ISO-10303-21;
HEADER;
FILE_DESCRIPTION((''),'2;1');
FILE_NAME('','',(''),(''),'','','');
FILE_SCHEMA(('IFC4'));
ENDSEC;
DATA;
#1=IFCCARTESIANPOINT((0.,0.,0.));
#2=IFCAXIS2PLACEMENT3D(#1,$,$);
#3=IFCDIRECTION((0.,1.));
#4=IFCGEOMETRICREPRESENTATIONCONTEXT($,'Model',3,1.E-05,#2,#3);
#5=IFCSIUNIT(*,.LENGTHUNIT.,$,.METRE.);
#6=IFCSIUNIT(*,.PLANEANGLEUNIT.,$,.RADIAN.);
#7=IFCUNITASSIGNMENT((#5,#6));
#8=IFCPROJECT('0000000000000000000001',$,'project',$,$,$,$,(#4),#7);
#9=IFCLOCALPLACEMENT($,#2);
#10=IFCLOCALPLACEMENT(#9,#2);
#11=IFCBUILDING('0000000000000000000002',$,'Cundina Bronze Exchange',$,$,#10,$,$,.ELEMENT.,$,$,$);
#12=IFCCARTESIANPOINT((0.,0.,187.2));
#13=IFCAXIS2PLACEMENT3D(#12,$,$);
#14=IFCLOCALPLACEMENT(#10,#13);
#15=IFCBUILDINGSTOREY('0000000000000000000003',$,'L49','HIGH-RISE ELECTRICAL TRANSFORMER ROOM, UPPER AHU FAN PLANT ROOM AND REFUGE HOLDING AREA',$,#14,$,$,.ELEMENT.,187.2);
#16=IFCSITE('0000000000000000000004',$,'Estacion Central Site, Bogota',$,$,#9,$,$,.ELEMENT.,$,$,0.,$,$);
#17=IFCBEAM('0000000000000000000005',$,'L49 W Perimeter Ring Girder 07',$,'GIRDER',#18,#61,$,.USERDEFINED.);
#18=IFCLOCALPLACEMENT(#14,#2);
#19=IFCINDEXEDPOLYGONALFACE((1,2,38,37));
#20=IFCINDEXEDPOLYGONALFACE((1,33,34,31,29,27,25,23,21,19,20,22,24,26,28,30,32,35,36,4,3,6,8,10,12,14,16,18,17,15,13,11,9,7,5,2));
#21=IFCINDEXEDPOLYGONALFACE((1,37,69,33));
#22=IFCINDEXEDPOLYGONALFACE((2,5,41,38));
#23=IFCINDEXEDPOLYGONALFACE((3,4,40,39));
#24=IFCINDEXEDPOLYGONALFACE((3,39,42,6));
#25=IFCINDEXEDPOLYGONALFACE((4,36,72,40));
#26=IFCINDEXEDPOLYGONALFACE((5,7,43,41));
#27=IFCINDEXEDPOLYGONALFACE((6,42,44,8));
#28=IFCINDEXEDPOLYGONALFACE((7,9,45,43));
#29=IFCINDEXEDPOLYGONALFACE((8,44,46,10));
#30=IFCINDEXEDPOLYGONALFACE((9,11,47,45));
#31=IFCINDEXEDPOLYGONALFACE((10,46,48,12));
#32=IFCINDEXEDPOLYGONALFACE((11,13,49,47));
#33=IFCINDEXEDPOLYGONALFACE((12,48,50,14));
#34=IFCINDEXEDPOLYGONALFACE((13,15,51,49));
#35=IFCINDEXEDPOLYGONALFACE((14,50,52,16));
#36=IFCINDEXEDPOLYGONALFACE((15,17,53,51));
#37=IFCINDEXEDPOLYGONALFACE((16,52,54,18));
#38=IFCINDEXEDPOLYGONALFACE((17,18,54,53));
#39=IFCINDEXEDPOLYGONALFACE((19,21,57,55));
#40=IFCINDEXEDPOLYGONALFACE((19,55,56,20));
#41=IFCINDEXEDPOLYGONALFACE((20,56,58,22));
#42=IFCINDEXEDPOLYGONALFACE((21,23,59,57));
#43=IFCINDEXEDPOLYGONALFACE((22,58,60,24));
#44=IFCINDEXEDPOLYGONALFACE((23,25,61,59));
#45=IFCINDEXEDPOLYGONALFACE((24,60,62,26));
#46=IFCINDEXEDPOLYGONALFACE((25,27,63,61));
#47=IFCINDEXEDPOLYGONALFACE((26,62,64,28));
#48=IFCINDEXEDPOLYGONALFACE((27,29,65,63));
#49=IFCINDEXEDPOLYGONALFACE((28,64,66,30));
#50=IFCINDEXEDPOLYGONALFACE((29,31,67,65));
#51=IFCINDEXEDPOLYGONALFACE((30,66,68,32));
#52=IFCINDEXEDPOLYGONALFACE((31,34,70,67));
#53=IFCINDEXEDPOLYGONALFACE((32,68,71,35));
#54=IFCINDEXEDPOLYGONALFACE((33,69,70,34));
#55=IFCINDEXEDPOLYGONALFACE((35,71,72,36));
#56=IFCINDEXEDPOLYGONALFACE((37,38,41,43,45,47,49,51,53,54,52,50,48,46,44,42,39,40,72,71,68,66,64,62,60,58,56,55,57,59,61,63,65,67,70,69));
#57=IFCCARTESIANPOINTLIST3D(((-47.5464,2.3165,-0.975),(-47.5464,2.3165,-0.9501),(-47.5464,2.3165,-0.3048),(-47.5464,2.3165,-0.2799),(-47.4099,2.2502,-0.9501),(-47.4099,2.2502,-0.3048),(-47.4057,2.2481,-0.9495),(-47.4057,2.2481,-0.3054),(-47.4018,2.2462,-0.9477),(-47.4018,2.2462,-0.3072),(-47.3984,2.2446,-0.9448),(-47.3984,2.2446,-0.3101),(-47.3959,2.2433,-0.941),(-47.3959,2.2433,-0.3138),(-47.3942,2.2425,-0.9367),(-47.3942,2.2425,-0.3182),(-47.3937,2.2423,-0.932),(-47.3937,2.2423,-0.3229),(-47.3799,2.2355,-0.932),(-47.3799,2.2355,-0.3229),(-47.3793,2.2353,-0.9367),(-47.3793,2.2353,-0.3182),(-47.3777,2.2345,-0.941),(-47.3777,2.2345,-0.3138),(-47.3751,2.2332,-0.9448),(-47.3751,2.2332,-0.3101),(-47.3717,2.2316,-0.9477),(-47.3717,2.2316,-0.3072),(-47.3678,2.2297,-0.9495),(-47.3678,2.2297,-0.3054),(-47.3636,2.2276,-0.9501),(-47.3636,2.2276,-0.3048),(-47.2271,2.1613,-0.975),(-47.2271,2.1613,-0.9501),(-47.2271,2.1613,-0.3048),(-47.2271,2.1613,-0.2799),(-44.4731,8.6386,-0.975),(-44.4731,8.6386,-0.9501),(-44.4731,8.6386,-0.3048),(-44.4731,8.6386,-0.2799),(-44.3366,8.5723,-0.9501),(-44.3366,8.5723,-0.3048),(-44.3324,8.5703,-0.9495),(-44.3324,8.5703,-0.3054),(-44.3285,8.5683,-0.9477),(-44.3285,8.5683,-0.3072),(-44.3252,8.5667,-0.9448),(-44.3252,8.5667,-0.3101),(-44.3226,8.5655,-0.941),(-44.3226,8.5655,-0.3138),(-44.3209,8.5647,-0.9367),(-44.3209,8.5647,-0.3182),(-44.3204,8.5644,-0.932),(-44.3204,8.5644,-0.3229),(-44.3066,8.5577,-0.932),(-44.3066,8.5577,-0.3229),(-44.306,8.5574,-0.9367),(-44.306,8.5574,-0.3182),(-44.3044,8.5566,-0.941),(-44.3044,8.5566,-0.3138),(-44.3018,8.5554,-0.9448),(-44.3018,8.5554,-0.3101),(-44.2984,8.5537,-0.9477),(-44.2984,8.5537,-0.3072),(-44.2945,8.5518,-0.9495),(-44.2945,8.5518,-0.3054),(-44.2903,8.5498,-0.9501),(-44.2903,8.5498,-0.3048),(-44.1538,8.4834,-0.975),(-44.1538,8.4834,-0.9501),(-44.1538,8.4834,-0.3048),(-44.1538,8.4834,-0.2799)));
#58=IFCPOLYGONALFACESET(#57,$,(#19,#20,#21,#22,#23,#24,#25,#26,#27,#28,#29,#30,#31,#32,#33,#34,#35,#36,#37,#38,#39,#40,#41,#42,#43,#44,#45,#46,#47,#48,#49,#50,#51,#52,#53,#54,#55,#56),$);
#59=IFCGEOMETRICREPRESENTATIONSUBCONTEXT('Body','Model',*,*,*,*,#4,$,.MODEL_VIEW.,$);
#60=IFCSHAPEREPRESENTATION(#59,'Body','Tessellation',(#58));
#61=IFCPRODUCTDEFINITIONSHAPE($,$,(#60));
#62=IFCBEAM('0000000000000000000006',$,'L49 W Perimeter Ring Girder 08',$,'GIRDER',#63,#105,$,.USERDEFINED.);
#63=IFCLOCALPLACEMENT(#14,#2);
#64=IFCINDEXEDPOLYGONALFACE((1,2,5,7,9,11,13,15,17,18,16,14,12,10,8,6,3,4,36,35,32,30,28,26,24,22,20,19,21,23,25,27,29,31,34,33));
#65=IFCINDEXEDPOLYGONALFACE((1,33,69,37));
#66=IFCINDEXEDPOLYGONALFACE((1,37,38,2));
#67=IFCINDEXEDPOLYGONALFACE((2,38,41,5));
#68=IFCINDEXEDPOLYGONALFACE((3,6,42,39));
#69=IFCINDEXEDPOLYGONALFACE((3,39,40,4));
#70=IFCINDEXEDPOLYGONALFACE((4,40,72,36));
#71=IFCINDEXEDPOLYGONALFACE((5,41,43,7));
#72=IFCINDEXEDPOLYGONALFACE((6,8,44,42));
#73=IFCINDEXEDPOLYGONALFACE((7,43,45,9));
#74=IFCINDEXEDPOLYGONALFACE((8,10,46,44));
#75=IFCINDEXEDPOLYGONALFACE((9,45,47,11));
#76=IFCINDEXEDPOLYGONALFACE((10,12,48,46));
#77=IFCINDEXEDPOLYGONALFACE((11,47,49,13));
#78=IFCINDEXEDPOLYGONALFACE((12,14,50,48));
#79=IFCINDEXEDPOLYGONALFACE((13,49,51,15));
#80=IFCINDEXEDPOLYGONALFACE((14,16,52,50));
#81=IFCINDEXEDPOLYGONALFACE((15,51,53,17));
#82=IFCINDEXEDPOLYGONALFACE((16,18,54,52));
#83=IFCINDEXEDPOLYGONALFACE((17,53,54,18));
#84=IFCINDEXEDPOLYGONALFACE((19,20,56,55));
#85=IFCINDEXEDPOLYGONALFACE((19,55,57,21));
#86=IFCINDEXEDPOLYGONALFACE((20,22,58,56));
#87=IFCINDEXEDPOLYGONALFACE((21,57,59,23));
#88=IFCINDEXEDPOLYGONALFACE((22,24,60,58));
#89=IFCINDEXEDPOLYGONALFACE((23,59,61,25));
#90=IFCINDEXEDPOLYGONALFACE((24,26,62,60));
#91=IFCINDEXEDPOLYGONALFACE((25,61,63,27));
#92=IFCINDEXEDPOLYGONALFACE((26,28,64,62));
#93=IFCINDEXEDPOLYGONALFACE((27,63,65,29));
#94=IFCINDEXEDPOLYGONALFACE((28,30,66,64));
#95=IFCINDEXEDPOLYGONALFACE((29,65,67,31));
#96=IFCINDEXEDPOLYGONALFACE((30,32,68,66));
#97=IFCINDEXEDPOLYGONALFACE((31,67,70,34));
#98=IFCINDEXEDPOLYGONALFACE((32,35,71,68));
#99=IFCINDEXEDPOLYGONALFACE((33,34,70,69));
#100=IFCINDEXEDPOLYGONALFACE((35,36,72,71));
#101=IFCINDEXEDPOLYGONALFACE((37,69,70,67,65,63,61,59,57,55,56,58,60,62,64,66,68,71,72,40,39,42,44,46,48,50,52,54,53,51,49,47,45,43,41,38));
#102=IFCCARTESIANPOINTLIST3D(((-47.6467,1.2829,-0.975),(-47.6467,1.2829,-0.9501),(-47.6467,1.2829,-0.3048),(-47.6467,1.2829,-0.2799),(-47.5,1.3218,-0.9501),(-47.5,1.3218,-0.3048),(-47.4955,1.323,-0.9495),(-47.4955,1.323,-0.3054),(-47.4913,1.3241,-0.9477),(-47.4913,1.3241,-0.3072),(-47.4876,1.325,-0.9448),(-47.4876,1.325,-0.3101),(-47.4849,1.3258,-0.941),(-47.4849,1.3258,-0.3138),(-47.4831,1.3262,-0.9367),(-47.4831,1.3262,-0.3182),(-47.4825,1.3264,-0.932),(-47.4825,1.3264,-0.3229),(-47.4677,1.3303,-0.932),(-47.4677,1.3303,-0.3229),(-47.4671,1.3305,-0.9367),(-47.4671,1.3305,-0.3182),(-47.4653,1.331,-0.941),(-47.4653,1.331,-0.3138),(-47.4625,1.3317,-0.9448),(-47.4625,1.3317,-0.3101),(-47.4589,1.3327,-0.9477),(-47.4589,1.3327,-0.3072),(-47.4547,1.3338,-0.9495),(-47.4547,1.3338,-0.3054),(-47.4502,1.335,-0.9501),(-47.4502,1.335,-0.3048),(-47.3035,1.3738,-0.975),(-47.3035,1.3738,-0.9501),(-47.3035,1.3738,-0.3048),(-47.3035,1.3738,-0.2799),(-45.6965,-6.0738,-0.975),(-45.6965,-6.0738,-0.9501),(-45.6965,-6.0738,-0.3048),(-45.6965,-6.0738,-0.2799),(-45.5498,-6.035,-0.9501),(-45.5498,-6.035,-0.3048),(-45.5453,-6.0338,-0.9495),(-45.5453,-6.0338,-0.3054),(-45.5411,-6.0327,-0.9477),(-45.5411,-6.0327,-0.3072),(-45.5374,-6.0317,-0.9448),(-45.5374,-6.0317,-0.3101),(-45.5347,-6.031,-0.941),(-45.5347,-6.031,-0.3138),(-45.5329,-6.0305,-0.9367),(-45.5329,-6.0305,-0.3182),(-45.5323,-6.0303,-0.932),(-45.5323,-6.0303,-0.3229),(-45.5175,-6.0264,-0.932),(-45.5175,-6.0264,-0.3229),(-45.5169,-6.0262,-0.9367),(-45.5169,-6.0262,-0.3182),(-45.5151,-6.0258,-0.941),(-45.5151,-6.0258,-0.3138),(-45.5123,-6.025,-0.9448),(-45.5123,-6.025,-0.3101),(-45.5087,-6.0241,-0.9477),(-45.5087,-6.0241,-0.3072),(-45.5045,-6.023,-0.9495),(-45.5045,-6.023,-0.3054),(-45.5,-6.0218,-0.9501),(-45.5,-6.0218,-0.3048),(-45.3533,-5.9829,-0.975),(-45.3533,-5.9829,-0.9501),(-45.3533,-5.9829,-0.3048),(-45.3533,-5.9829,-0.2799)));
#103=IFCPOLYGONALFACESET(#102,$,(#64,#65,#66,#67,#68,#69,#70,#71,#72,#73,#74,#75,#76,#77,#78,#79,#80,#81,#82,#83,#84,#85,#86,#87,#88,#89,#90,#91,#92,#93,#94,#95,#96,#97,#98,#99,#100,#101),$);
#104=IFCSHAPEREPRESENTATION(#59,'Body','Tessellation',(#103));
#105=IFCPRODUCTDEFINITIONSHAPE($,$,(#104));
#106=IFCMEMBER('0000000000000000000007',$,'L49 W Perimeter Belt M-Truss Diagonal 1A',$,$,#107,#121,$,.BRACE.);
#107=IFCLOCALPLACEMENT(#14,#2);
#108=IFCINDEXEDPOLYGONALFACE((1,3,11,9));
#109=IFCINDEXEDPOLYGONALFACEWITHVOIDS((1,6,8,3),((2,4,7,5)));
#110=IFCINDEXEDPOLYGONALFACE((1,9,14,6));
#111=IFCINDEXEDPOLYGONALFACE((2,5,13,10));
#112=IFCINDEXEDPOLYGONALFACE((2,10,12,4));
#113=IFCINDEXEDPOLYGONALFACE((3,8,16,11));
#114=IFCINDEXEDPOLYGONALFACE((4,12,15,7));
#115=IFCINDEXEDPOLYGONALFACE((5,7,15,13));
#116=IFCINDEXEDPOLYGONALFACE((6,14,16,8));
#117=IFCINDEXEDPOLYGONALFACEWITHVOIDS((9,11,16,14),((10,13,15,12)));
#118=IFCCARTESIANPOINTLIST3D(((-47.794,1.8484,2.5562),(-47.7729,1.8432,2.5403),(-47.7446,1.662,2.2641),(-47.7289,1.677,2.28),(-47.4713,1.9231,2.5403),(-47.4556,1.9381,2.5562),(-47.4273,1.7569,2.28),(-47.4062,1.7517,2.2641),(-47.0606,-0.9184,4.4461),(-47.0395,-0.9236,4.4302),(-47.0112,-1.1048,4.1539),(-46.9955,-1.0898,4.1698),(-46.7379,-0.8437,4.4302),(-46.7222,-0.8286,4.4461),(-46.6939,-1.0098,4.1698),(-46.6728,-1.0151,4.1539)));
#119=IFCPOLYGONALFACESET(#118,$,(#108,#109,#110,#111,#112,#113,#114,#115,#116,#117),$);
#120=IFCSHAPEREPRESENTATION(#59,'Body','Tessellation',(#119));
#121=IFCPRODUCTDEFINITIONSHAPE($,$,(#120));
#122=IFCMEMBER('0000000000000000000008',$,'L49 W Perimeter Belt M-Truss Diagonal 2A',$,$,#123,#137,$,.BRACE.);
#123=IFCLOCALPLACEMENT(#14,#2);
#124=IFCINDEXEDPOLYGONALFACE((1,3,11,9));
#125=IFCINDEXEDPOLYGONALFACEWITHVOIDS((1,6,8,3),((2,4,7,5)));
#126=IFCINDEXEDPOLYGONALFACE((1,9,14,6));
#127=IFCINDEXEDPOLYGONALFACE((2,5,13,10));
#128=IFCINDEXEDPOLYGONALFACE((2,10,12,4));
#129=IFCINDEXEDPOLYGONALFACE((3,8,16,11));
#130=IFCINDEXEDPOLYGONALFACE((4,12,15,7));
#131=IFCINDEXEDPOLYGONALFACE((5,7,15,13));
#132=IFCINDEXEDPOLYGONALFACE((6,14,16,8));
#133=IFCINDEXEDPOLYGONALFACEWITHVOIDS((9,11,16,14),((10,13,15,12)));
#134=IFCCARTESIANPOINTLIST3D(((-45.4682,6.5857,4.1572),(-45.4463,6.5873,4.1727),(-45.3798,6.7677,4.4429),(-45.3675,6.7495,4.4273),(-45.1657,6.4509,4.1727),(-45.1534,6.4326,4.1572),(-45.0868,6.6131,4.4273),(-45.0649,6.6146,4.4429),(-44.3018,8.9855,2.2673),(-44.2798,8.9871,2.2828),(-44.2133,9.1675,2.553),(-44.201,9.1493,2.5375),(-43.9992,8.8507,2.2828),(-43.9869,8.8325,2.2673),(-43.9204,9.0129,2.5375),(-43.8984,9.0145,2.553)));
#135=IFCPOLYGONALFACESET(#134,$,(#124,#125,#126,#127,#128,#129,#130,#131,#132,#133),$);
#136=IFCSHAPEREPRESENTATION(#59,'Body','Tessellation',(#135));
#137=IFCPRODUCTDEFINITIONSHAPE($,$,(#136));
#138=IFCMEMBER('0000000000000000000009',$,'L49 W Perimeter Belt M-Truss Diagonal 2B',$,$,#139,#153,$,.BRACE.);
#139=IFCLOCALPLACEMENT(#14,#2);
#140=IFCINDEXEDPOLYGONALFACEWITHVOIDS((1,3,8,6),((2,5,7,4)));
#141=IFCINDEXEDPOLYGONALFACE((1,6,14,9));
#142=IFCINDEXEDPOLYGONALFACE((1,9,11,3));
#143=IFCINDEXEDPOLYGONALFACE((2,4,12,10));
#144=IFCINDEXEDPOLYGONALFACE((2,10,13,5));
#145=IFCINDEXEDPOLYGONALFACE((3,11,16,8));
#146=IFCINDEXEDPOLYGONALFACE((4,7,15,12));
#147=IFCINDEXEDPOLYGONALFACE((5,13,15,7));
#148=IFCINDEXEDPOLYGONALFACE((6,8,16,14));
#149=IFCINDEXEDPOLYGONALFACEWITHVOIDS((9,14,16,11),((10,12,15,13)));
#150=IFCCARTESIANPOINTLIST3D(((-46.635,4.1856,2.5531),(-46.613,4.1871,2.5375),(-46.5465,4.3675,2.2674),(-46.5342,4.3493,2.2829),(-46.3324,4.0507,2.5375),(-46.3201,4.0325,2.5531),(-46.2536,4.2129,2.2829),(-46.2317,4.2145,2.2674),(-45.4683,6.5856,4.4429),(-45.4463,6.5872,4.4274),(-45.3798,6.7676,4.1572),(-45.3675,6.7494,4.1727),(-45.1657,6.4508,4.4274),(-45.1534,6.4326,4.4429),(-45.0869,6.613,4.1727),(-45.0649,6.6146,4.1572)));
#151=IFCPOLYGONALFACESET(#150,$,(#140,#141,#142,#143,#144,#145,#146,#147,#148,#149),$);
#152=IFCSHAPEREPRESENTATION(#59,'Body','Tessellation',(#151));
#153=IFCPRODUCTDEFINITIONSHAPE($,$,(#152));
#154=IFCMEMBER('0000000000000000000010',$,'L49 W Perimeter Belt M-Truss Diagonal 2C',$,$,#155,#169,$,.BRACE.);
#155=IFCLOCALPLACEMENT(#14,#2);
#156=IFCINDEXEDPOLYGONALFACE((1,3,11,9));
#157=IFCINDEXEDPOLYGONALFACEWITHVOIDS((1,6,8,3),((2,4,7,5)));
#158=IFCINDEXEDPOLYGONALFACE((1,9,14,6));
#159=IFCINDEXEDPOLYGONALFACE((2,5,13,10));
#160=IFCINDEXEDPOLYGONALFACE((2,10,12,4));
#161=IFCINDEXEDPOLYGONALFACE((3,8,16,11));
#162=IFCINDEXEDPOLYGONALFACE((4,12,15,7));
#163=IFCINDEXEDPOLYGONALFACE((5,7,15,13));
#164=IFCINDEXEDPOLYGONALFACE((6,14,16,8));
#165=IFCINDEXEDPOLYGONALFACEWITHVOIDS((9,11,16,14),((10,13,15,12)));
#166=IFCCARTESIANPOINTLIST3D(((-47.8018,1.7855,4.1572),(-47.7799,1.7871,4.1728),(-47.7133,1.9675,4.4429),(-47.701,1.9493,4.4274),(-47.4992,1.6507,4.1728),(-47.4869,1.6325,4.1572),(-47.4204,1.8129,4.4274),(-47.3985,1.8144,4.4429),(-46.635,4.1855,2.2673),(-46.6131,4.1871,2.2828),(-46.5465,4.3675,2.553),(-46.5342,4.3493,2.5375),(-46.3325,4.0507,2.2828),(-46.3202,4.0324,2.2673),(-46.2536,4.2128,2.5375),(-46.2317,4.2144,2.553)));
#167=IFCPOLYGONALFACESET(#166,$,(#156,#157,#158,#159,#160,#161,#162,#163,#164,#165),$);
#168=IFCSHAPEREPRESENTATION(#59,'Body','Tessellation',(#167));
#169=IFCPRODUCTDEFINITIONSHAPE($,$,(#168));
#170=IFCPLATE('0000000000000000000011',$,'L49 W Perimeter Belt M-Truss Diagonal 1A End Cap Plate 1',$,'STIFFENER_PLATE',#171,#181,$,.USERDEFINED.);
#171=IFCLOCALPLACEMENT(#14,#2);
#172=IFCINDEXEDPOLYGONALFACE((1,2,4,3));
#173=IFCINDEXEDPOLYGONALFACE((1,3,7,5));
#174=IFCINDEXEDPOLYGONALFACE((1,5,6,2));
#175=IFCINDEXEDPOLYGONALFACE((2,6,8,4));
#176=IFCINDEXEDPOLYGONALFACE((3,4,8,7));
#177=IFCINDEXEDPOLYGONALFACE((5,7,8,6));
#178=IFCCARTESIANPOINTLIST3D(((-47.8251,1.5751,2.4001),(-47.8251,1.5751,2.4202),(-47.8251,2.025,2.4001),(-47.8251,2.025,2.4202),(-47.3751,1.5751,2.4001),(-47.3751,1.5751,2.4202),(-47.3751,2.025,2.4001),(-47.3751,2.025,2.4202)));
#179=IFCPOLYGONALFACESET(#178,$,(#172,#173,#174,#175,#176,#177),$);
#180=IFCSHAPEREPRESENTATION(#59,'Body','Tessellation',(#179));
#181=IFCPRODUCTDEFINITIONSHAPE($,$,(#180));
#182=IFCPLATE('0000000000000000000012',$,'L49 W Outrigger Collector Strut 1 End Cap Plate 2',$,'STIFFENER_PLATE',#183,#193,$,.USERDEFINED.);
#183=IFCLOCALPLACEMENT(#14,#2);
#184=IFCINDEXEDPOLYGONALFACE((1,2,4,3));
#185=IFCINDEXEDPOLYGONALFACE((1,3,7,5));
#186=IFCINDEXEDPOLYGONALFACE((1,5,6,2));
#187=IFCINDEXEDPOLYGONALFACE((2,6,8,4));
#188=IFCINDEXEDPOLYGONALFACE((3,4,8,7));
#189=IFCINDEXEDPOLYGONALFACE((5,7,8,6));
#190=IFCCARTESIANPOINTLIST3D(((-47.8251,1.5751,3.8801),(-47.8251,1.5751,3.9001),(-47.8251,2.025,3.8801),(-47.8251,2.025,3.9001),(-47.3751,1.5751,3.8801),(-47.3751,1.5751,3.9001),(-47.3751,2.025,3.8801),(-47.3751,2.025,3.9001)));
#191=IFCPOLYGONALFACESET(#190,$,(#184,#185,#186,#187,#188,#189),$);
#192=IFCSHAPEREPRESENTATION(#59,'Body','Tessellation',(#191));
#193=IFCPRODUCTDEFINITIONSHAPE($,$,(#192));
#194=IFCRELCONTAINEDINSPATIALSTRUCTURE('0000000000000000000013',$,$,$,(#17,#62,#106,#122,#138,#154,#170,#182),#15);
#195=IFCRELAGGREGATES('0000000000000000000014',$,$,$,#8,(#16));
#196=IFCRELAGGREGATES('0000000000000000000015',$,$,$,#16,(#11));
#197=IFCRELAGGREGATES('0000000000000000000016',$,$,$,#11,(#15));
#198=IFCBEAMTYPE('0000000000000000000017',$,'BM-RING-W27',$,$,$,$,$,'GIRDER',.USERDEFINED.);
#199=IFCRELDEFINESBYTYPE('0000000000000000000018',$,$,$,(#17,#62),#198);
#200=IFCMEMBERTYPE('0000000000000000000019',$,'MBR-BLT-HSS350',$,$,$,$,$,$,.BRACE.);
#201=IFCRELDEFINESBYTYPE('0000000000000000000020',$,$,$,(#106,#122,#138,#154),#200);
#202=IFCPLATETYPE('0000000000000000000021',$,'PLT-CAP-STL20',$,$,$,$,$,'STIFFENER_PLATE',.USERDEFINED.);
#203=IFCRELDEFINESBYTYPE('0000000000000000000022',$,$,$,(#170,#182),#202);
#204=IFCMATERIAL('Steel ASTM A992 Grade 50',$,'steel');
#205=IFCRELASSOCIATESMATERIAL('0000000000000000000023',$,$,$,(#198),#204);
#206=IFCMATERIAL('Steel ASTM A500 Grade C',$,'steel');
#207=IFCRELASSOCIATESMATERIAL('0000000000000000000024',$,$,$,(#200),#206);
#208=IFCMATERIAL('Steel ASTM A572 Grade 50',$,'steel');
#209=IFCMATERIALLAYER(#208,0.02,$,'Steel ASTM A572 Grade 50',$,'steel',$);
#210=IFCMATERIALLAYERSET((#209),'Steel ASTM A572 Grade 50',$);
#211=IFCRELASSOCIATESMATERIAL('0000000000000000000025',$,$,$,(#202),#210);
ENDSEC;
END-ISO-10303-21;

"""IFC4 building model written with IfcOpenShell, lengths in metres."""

from ifc_helpers import new_model, si_unit, direction, frame, origin, origin_2d, place, context, subcontext, project, spatial, rectangle, hollow_rectangle, i_section, extrude, material, layer, layer_set, material_profile, profile_set, type_object, element, save


model = new_model("IFC4")

# Units and contexts
model_context = context("Model", 3, precision=1e-05, world=origin(), true_north=direction((0.0, 1.0)))
body_context = subcontext(model_context, "Body", "Model", "MODEL_VIEW")
ifc_project = project(units=[si_unit("LENGTHUNIT", "METRE"), si_unit("PLANEANGLEUNIT", "RADIAN")], contexts=[model_context])

# Site, building, storey
site_placement = place(None, origin())
site = spatial("IfcSite", under=ifc_project, at=site_placement, Name="Estacion Central Site, Bogota", CompositionType="ELEMENT", RefElevation=0.0)
building_placement = place(site_placement, origin())
building = spatial("IfcBuilding", under=site, at=building_placement, Name="Cundina Bronze Exchange", CompositionType="ELEMENT")
storey_placement = place(building_placement, frame((0.0, 0.0, 187.2)))
storey = spatial("IfcBuildingStorey", under=building, at=storey_placement, Name="L49", Description="HIGH-RISE ELECTRICAL TRANSFORMER ROOM, UPPER AHU FAN PLANT ROOM AND REFUGE HOLDING AREA", CompositionType="ELEMENT", Elevation=187.2)

# Beams
ifc_material_1 = material(Name="Steel ASTM A992 Grade 50", Category="steel")
ifc_material_profile_1 = material_profile(ifc_material_1, i_section(OverallWidth=0.355, OverallDepth=0.6951, WebThickness=0.0154, FlangeThickness=0.0249, FilletRadius=0.0181, at=origin_2d()), Name="W27X146", Category="steel")
ifc_profile_set_1 = profile_set([ifc_material_profile_1], Name="Steel ASTM A992 Grade 50")
beam_type_1 = type_object("IfcBeamType", Name="BM-RING-W27", ElementType="GIRDER", PredefinedType="USERDEFINED", material=ifc_profile_set_1)
beam_1_placement = place(storey_placement, frame((-44.3135, 8.561, -0.6274), z_axis=(-0.437197, -0.899366, 0.0), x_axis=(0.899366, -0.437197, 0.0)))
element("IfcBeam", 1, at=beam_1_placement, inside=storey, type_object=beam_type_1, Name="L49 W Perimeter Ring Girder 07", ObjectType="GIRDER", PredefinedType="USERDEFINED", context=body_context, shape_type="SweptSolid", body=[
    extrude(i_section(OverallWidth=0.355, OverallDepth=0.6951, WebThickness=0.0154, FlangeThickness=0.0249, FilletRadius=0.0181, at=origin_2d()), origin(), (0.0, 0.0, 1.0), 7.0295),
])
beam_2_placement = place(storey_placement, frame((-47.4751, 1.3284, -0.6274), z_axis=(0.256241, -0.966613, 0.0), x_axis=(0.966613, 0.256241, 0.0)))
element("IfcBeam", 2, at=beam_2_placement, inside=storey, type_object=beam_type_1, Name="L49 W Perimeter Ring Girder 08", ObjectType="GIRDER", PredefinedType="USERDEFINED", context=body_context, shape_type="SweptSolid", body=[
    extrude(i_section(OverallWidth=0.355, OverallDepth=0.6951, WebThickness=0.0154, FlangeThickness=0.0249, FilletRadius=0.0181, at=origin_2d()), origin(), (0.0, 0.0, 1.0), 7.6108),
])

# Members
ifc_material_2 = material(Name="Steel ASTM A500 Grade C", Category="steel")
ifc_material_profile_2 = material_profile(ifc_material_2, hollow_rectangle(XDim=0.3501, YDim=0.3501, WallThickness=0.019, at=origin_2d()), Name="HSS350X350X19", Category="steel")
ifc_profile_set_2 = profile_set([ifc_material_profile_2], Name="Steel ASTM A500 Grade C")
member_type = type_object("IfcMemberType", Name="MBR-BLT-HSS350", PredefinedType="BRACE", material=ifc_profile_set_2)
member_1_placement = place(storey_placement, frame((-47.6001, 1.8, 2.4102), z_axis=(0.213818, -0.806657, 0.550987), x_axis=(0.966619, 0.256218, 0.0)))
element("IfcMember", 3, at=member_1_placement, inside=storey, type_object=member_type, Name="L49 W Perimeter Belt M-Truss Diagonal 1A", PredefinedType="BRACE", context=body_context, shape_type="SweptSolid", body=[
    extrude(hollow_rectangle(XDim=0.3501, YDim=0.3501, WallThickness=0.019, at=origin_2d()), origin(), (0.0, 0.0, 1.0), 3.4299),
])
member_2_placement = place(storey_placement, frame((-44.1001, 9.0, 2.4102), z_axis=(-0.356745, -0.733947, 0.577974), x_axis=(0.899385, -0.437158, 0.0)))
element("IfcMember", 4, at=member_2_placement, inside=storey, type_object=member_type, Name="L49 W Perimeter Belt M-Truss Diagonal 2A", PredefinedType="BRACE", context=body_context, shape_type="SweptSolid", body=[
    extrude(hollow_rectangle(XDim=0.3501, YDim=0.3501, WallThickness=0.019, at=origin_2d()), origin(), (0.0, 0.0, 1.0), 3.2698),
])
for number, where, z_axis, x_axis, name in (
    (5, (-45.2666, 6.6001, 4.3), (-0.35679, -0.733962, -0.577927), (0.899366, -0.437196, 0.0), "L49 W Perimeter Belt M-Truss Diagonal 2B"),
    (6, (-46.4333, 4.2, 2.4102), (-0.35681, -0.733928, 0.577959), (0.899349, -0.437232, 0.0), "L49 W Perimeter Belt M-Truss Diagonal 2C"),
):
    element("IfcMember", number, at=place(storey_placement, frame(where, z_axis=z_axis, x_axis=x_axis)), inside=storey, type_object=member_type, Name=name, PredefinedType="BRACE", context=body_context, shape_type="SweptSolid", body=[
        extrude(hollow_rectangle(XDim=0.3501, YDim=0.3501, WallThickness=0.019, at=origin_2d()), origin(), (0.0, 0.0, 1.0), 3.27),
    ])

# Plates
ifc_material_3 = material(Name="Steel ASTM A572 Grade 50", Category="steel")
ifc_layer_1 = layer(ifc_material_3, 0.02, Name="Steel ASTM A572 Grade 50", Category="steel")
ifc_layer_set_1 = layer_set([ifc_layer_1], Name="Steel ASTM A572 Grade 50")
plate_type_1 = type_object("IfcPlateType", Name="PLT-CAP-STL20", ElementType="STIFFENER_PLATE", PredefinedType="USERDEFINED", material=ifc_layer_set_1)
for number, where, z_axis, x_axis, name in (
    (7, (-47.6001, 1.8, 2.4001), (0.0, 0.0, 1.0), (1.0, 0.0, 0.0), "L49 W Perimeter Belt M-Truss Diagonal 1A End Cap Plate 1"),
    (8, (-47.6001, 1.8, 3.8801), (0.0, 0.0, 1.0), (1.0, 0.0, 0.0), "L49 W Outrigger Collector Strut 1 End Cap Plate 2"),
):
    element("IfcPlate", number, at=place(storey_placement, frame(where, z_axis=z_axis, x_axis=x_axis)), inside=storey, type_object=plate_type_1, Name=name, ObjectType="STIFFENER_PLATE", PredefinedType="USERDEFINED", context=body_context, shape_type="SweptSolid", body=[
        extrude(rectangle(XDim=0.45, YDim=0.45, at=origin_2d()), origin(), (0.0, 0.0, 1.0), 0.02),
    ])

save(model, "model.ifc")
